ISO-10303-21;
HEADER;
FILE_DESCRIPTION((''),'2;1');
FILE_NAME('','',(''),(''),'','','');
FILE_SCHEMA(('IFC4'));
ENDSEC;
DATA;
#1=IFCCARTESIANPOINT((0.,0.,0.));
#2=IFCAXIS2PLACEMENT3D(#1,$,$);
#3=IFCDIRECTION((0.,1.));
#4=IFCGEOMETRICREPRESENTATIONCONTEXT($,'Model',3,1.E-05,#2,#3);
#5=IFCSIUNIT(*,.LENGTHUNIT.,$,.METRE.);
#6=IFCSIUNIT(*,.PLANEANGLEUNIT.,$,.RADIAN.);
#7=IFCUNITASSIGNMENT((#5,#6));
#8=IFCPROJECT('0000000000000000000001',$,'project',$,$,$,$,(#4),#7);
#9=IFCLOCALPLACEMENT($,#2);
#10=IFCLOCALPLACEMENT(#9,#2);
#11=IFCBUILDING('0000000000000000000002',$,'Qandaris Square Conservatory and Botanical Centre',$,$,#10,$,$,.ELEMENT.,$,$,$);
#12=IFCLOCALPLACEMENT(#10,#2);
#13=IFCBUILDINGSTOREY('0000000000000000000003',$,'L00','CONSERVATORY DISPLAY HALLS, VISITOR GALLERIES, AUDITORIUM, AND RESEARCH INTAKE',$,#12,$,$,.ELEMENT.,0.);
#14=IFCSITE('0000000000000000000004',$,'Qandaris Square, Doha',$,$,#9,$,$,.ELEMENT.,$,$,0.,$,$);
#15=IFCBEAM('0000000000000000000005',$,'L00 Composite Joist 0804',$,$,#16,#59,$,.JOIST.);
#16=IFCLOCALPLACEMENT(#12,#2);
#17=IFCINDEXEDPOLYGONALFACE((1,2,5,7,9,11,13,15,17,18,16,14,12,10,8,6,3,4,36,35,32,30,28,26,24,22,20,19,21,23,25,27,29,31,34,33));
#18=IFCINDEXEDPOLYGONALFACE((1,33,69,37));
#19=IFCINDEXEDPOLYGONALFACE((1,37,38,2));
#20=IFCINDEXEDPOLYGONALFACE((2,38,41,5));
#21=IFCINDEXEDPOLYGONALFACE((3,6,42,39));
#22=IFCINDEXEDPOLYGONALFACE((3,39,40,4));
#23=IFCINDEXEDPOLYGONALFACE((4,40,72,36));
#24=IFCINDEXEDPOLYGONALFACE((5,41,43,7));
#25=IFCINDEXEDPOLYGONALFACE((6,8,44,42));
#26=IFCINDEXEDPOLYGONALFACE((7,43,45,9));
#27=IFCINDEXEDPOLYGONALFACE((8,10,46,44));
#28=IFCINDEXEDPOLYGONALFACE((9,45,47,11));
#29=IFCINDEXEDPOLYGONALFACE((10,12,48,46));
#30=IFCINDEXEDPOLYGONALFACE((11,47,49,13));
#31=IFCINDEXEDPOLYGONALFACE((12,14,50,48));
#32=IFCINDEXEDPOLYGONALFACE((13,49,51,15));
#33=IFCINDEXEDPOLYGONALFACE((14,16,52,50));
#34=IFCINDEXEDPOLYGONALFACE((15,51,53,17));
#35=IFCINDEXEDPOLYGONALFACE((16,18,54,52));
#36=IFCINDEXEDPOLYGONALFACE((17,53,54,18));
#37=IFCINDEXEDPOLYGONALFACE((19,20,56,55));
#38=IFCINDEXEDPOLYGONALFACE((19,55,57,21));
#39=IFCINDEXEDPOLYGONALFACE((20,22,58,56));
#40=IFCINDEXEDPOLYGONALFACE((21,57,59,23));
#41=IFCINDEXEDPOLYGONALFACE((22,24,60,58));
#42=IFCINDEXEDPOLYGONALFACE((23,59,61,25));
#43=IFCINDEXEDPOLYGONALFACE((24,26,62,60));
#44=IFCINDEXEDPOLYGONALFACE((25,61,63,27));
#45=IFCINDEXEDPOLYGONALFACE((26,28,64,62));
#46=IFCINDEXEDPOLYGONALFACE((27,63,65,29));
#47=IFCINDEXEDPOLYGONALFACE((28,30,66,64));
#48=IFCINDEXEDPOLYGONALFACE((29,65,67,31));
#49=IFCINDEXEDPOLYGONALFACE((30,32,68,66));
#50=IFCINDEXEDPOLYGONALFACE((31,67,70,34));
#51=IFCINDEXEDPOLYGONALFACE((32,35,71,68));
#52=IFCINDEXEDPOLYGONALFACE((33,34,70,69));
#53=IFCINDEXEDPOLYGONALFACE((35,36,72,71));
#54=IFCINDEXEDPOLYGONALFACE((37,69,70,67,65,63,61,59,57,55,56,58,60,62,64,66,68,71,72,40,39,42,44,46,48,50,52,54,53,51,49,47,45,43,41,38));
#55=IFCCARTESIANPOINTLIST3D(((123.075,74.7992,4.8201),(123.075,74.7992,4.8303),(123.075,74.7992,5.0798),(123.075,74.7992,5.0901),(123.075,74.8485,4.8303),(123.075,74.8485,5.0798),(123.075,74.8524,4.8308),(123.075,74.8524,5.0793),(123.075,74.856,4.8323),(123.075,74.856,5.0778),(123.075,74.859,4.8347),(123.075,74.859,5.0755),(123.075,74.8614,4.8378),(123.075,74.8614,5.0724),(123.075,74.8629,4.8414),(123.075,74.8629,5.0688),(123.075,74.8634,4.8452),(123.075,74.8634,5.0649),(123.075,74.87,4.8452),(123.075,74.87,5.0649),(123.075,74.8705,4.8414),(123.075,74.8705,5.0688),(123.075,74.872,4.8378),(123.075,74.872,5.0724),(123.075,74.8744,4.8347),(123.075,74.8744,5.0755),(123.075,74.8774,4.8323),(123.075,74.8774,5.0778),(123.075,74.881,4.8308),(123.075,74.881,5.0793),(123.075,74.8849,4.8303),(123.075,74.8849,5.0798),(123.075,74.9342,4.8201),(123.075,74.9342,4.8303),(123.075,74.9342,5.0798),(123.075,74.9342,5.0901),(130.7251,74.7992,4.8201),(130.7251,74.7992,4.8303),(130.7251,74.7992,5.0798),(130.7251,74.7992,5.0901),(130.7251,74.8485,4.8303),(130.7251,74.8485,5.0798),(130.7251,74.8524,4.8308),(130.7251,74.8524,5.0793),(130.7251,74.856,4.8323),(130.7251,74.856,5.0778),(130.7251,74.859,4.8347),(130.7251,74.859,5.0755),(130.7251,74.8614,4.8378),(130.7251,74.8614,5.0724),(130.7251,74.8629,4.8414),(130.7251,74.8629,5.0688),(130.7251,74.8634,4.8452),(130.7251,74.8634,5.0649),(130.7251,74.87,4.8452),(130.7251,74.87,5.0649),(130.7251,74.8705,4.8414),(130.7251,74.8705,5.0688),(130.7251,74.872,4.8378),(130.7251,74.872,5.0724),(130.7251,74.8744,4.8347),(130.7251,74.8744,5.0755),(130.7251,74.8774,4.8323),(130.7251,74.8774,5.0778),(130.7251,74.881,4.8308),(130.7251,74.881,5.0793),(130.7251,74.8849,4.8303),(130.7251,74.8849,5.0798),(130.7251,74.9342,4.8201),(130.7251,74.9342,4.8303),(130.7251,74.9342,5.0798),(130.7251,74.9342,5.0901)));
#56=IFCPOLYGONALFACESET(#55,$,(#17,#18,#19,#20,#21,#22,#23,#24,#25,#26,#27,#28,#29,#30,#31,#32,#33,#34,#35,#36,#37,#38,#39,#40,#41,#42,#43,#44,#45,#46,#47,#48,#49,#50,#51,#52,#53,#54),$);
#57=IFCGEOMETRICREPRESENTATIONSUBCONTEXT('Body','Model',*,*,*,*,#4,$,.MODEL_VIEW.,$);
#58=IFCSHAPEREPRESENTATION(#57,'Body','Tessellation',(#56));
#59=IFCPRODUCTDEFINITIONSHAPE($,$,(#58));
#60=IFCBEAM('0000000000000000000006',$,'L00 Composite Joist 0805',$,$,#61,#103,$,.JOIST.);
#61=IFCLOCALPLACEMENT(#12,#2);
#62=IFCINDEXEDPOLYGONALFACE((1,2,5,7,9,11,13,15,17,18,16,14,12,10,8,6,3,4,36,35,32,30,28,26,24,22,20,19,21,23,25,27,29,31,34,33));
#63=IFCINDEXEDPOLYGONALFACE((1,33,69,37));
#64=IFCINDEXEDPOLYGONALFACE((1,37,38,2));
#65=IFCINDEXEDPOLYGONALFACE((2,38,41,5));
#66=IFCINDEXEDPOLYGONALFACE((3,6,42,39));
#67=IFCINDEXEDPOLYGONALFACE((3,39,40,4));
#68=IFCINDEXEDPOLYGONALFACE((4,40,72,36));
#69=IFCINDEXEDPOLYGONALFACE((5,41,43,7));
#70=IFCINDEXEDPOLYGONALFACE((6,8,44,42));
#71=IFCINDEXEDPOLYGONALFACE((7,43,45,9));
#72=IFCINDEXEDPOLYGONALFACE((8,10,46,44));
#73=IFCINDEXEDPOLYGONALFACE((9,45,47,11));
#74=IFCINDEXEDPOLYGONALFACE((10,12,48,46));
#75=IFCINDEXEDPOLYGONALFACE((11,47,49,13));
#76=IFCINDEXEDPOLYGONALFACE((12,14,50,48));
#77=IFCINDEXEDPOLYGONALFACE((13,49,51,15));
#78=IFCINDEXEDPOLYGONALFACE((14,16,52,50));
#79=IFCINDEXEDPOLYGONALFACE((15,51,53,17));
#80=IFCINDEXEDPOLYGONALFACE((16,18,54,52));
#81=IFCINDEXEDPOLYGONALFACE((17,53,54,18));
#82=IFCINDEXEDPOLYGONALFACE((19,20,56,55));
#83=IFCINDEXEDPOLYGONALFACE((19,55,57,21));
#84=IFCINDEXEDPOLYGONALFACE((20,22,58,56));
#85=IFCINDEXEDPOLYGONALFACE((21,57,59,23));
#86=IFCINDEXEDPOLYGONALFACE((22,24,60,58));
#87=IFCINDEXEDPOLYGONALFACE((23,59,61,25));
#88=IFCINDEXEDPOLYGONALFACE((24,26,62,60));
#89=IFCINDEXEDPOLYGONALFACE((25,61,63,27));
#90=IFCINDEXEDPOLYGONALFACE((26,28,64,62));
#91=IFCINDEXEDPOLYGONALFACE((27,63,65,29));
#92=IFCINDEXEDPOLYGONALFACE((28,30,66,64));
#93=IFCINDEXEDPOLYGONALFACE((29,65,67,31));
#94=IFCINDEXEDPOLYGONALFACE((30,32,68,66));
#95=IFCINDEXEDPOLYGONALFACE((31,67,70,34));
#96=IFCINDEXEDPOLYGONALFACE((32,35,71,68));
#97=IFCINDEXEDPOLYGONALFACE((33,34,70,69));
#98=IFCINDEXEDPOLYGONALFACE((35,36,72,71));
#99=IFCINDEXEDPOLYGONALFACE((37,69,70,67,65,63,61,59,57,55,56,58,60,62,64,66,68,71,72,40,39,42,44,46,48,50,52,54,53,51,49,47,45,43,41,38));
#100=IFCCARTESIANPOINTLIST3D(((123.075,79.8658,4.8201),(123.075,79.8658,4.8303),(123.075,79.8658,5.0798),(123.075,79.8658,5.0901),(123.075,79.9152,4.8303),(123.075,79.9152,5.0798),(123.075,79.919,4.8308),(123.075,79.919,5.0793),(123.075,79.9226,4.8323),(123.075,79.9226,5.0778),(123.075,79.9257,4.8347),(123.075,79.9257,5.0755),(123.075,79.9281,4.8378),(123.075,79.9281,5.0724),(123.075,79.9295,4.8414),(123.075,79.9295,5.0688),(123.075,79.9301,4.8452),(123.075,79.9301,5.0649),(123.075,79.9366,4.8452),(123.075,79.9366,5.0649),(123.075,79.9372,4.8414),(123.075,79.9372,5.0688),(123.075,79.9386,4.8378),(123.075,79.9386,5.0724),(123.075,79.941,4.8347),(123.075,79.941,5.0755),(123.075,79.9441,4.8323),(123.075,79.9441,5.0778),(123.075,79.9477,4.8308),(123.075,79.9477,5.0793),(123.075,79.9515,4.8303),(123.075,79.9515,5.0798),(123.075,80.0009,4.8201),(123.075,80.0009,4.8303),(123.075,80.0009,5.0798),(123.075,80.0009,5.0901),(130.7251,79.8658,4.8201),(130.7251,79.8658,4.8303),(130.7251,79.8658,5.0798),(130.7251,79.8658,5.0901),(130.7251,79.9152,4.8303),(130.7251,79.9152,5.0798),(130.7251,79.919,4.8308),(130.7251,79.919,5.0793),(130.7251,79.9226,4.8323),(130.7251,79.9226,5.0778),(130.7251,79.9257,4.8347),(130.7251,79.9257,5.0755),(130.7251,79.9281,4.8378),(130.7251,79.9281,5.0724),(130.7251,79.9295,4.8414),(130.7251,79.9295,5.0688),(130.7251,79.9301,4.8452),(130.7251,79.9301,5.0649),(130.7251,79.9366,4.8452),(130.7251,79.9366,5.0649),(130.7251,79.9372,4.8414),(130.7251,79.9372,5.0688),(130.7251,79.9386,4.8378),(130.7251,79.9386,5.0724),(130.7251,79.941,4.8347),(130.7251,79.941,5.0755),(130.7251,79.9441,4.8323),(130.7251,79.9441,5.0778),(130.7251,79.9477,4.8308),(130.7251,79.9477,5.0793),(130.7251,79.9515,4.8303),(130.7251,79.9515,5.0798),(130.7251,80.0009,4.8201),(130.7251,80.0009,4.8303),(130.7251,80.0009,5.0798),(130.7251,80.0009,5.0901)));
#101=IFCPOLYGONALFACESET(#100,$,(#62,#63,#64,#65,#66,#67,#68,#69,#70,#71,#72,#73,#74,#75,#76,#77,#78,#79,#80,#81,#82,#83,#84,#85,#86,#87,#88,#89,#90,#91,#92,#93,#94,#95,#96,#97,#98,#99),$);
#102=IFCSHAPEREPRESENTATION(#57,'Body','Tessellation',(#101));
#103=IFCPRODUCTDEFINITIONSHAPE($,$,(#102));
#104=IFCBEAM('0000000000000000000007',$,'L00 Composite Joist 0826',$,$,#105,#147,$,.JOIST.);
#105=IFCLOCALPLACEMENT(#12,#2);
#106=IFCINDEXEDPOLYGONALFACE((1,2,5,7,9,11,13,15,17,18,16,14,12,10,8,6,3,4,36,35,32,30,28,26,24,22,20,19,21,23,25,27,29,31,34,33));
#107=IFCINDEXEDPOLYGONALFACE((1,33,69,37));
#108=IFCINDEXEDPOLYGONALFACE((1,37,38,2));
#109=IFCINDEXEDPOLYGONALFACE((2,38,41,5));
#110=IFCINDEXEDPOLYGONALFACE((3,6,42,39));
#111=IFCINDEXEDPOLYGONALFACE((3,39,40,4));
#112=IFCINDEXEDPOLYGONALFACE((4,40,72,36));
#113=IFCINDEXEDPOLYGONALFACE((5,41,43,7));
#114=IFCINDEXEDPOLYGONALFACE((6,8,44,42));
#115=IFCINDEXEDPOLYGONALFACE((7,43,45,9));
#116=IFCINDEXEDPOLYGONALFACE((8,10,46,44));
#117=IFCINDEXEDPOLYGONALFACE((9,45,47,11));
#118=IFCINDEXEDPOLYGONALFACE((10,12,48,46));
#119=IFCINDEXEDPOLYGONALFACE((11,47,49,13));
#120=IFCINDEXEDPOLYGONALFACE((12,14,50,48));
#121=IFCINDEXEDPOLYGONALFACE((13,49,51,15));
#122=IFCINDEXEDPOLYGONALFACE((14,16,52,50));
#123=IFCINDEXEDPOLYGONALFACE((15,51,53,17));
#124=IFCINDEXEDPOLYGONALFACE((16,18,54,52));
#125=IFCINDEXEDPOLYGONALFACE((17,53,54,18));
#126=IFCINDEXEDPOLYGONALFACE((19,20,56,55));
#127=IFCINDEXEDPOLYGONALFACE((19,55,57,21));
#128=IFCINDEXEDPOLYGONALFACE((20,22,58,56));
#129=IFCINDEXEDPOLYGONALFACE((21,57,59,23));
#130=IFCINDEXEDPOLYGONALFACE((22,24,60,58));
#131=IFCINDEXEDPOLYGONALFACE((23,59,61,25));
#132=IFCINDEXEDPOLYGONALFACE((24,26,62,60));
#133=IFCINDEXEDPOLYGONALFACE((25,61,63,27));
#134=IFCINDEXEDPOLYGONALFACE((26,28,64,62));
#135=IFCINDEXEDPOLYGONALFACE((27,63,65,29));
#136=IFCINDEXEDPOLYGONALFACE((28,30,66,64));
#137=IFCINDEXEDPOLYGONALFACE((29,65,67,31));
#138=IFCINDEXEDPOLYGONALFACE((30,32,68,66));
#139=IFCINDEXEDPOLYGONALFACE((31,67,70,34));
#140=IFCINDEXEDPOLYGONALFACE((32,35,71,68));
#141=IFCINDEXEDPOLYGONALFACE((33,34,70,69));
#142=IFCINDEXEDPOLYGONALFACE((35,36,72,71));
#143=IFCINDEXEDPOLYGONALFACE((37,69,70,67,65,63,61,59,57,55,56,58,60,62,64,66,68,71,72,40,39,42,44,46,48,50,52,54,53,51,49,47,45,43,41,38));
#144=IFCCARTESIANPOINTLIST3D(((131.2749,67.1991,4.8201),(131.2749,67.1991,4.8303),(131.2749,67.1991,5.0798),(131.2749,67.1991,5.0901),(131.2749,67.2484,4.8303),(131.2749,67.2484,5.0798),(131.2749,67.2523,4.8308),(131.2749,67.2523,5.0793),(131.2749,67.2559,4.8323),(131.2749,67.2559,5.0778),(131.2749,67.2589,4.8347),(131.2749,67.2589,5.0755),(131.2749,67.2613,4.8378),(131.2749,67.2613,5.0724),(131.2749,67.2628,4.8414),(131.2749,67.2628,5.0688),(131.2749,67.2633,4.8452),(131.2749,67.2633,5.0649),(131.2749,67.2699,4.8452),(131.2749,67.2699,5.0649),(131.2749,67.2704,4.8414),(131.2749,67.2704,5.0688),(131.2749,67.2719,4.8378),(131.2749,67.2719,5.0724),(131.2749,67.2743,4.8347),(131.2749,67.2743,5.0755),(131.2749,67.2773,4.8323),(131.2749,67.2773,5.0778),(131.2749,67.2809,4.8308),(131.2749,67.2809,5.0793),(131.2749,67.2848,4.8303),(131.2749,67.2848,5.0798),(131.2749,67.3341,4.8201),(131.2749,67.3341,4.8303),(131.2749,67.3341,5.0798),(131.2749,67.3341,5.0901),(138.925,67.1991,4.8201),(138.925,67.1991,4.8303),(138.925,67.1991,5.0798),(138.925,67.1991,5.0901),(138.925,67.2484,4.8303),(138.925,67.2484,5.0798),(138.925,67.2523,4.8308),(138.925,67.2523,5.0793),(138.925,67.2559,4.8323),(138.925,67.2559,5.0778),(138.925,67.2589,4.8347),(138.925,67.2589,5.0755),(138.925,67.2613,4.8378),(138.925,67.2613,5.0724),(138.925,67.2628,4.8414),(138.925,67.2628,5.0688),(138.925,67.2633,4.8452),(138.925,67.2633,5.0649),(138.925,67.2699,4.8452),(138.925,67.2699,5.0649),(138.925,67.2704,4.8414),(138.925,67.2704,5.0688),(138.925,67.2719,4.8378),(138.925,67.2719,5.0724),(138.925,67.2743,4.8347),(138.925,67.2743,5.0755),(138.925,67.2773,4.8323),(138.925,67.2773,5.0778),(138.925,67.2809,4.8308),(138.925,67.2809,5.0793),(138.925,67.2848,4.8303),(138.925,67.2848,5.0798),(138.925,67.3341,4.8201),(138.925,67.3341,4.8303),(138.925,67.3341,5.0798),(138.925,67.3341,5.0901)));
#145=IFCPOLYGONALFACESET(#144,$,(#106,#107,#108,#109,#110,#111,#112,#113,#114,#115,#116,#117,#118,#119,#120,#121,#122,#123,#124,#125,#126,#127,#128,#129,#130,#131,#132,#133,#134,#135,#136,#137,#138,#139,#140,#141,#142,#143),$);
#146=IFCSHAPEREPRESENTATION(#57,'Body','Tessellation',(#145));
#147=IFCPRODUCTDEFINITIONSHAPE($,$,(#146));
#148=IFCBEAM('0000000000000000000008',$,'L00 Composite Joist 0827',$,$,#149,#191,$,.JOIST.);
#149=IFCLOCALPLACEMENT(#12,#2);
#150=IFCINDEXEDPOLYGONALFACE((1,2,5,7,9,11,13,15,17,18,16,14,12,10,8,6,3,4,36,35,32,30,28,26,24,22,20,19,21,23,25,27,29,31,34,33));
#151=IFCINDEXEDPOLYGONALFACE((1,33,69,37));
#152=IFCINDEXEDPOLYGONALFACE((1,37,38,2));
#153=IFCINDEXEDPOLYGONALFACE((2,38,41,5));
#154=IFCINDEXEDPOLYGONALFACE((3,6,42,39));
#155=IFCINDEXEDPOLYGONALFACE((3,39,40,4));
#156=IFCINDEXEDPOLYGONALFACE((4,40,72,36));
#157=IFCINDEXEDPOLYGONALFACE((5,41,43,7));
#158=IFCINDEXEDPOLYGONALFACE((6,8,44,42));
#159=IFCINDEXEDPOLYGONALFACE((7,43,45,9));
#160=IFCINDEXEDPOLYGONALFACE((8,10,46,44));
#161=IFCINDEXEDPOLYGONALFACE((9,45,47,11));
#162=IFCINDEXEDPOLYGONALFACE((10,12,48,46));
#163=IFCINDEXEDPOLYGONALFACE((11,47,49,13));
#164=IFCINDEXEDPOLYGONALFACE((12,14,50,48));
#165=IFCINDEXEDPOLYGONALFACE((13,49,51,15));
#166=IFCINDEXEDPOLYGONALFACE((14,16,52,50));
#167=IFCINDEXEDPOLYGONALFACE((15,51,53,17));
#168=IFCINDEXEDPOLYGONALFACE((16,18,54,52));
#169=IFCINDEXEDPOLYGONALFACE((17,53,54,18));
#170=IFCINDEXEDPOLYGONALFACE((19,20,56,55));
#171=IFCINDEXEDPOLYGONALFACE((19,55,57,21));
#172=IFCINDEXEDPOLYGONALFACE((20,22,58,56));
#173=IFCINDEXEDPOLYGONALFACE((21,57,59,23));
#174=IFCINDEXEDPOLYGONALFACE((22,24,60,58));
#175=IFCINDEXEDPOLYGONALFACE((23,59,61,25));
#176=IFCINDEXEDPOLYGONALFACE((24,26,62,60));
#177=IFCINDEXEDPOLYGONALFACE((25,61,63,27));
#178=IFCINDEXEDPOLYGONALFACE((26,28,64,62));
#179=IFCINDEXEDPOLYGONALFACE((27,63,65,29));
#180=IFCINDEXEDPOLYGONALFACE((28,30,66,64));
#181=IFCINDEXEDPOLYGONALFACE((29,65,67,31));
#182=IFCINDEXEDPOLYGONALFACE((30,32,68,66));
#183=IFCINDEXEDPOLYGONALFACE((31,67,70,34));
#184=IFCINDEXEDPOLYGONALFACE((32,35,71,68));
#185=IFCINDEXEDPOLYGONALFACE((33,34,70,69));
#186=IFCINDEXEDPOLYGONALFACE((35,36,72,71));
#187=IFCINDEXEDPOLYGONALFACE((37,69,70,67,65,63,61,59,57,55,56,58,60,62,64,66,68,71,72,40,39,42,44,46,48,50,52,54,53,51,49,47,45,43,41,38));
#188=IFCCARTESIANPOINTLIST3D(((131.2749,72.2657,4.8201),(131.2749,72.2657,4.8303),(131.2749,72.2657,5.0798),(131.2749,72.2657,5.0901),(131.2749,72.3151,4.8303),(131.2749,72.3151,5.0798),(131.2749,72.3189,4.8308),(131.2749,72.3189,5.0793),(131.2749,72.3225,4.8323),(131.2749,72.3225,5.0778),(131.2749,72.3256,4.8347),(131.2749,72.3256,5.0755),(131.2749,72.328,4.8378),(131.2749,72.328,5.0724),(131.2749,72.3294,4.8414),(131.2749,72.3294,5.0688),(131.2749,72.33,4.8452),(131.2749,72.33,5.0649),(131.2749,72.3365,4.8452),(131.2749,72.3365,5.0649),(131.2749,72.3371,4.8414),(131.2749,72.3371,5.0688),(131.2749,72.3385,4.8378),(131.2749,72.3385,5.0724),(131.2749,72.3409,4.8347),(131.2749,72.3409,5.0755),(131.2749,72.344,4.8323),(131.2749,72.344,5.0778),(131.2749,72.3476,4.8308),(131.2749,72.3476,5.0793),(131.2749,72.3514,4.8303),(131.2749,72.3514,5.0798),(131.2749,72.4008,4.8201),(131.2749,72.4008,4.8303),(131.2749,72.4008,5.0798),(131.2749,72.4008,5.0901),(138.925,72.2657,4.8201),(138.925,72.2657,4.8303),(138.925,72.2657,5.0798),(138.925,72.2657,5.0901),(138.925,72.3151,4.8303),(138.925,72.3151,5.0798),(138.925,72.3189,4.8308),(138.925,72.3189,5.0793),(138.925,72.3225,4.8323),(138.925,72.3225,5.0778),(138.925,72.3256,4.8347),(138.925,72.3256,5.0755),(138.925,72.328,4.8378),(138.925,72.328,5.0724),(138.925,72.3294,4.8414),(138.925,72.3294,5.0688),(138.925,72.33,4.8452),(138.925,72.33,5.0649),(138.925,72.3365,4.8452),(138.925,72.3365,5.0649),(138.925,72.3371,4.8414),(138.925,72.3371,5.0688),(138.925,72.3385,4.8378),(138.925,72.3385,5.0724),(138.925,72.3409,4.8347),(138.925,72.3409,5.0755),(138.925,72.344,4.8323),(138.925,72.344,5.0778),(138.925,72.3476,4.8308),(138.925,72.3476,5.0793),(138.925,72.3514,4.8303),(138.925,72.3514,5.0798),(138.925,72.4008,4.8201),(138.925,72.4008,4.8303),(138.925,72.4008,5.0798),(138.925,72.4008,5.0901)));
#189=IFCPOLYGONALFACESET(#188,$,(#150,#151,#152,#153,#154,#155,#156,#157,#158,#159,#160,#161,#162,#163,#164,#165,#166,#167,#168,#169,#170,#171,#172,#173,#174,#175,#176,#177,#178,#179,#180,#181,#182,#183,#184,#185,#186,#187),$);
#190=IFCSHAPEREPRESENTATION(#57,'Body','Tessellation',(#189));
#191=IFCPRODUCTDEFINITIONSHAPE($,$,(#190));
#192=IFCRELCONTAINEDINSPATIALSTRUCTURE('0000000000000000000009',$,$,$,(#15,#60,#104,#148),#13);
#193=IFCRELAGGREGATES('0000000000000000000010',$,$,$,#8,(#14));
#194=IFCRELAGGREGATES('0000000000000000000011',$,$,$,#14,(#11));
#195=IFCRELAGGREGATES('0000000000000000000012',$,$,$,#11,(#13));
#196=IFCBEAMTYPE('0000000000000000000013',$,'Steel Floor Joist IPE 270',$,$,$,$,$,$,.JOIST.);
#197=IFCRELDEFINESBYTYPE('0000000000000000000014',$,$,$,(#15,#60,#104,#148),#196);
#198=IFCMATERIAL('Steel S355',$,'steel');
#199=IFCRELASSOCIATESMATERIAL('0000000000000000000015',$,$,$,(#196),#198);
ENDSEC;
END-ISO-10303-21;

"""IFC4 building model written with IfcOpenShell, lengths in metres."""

from ifc_helpers import new_model, si_unit, direction, frame, origin, origin_2d, place, context, subcontext, project, spatial, i_section, extrude, material, material_profile, profile_set, type_object, element, save


model = new_model("IFC4")

# Units and contexts
model_context = context("Model", 3, precision=1e-05, world=origin(), true_north=direction((0.0, 1.0)))
body_context = subcontext(model_context, "Body", "Model", "MODEL_VIEW")
ifc_project = project(units=[si_unit("LENGTHUNIT", "METRE"), si_unit("PLANEANGLEUNIT", "RADIAN")], contexts=[model_context])

# Site, building, storey
site_placement = place(None, origin())
site = spatial("IfcSite", under=ifc_project, at=site_placement, Name="Qandaris Square, Doha", CompositionType="ELEMENT", RefElevation=0.0)
building_placement = place(site_placement, origin())
building = spatial("IfcBuilding", under=site, at=building_placement, Name="Qandaris Square Conservatory and Botanical Centre", CompositionType="ELEMENT")
storey_placement = place(building_placement, origin())
storey = spatial("IfcBuildingStorey", under=building, at=storey_placement, Name="L00", Description="CONSERVATORY DISPLAY HALLS, VISITOR GALLERIES, AUDITORIUM, AND RESEARCH INTAKE", CompositionType="ELEMENT", Elevation=0.0)

# Beams
ifc_material_1 = material(Name="Steel S355", Category="steel")
ifc_material_profile_1 = material_profile(ifc_material_1, i_section(OverallWidth=0.135, OverallDepth=0.27, WebThickness=0.0066, FlangeThickness=0.0103, FilletRadius=0.0149, at=origin_2d()), Name="IPE 270")
ifc_profile_set_1 = profile_set([ifc_material_profile_1], Name="Steel S355")
beam_type_1 = type_object("IfcBeamType", Name="Steel Floor Joist IPE 270", PredefinedType="JOIST", material=ifc_profile_set_1)
for number, where, z_axis, x_axis, name in (
    (1, (123.075, 74.8667, 4.9551), (1.0, 0.0, 0.0), (0.0, 1.0, 0.0), "L00 Composite Joist 0804"),
    (2, (123.075, 79.9333, 4.9551), (1.0, 0.0, 0.0), (0.0, 1.0, 0.0), "L00 Composite Joist 0805"),
    (3, (131.2749, 67.2666, 4.9551), (1.0, 0.0, 0.0), (0.0, 1.0, 0.0), "L00 Composite Joist 0826"),
    (4, (131.2749, 72.3333, 4.9551), (1.0, 0.0, 0.0), (0.0, 1.0, 0.0), "L00 Composite Joist 0827"),
):
    element("IfcBeam", number, at=place(storey_placement, frame(where, z_axis=z_axis, x_axis=x_axis)), inside=storey, type_object=beam_type_1, Name=name, PredefinedType="JOIST", context=body_context, shape_type="SweptSolid", body=[
        extrude(i_section(OverallWidth=0.135, OverallDepth=0.27, WebThickness=0.0066, FlangeThickness=0.0103, FilletRadius=0.0149, at=origin_2d()), origin(), (0.0, 0.0, 1.0), 7.6501),
    ])

save(model, "model.ifc")
